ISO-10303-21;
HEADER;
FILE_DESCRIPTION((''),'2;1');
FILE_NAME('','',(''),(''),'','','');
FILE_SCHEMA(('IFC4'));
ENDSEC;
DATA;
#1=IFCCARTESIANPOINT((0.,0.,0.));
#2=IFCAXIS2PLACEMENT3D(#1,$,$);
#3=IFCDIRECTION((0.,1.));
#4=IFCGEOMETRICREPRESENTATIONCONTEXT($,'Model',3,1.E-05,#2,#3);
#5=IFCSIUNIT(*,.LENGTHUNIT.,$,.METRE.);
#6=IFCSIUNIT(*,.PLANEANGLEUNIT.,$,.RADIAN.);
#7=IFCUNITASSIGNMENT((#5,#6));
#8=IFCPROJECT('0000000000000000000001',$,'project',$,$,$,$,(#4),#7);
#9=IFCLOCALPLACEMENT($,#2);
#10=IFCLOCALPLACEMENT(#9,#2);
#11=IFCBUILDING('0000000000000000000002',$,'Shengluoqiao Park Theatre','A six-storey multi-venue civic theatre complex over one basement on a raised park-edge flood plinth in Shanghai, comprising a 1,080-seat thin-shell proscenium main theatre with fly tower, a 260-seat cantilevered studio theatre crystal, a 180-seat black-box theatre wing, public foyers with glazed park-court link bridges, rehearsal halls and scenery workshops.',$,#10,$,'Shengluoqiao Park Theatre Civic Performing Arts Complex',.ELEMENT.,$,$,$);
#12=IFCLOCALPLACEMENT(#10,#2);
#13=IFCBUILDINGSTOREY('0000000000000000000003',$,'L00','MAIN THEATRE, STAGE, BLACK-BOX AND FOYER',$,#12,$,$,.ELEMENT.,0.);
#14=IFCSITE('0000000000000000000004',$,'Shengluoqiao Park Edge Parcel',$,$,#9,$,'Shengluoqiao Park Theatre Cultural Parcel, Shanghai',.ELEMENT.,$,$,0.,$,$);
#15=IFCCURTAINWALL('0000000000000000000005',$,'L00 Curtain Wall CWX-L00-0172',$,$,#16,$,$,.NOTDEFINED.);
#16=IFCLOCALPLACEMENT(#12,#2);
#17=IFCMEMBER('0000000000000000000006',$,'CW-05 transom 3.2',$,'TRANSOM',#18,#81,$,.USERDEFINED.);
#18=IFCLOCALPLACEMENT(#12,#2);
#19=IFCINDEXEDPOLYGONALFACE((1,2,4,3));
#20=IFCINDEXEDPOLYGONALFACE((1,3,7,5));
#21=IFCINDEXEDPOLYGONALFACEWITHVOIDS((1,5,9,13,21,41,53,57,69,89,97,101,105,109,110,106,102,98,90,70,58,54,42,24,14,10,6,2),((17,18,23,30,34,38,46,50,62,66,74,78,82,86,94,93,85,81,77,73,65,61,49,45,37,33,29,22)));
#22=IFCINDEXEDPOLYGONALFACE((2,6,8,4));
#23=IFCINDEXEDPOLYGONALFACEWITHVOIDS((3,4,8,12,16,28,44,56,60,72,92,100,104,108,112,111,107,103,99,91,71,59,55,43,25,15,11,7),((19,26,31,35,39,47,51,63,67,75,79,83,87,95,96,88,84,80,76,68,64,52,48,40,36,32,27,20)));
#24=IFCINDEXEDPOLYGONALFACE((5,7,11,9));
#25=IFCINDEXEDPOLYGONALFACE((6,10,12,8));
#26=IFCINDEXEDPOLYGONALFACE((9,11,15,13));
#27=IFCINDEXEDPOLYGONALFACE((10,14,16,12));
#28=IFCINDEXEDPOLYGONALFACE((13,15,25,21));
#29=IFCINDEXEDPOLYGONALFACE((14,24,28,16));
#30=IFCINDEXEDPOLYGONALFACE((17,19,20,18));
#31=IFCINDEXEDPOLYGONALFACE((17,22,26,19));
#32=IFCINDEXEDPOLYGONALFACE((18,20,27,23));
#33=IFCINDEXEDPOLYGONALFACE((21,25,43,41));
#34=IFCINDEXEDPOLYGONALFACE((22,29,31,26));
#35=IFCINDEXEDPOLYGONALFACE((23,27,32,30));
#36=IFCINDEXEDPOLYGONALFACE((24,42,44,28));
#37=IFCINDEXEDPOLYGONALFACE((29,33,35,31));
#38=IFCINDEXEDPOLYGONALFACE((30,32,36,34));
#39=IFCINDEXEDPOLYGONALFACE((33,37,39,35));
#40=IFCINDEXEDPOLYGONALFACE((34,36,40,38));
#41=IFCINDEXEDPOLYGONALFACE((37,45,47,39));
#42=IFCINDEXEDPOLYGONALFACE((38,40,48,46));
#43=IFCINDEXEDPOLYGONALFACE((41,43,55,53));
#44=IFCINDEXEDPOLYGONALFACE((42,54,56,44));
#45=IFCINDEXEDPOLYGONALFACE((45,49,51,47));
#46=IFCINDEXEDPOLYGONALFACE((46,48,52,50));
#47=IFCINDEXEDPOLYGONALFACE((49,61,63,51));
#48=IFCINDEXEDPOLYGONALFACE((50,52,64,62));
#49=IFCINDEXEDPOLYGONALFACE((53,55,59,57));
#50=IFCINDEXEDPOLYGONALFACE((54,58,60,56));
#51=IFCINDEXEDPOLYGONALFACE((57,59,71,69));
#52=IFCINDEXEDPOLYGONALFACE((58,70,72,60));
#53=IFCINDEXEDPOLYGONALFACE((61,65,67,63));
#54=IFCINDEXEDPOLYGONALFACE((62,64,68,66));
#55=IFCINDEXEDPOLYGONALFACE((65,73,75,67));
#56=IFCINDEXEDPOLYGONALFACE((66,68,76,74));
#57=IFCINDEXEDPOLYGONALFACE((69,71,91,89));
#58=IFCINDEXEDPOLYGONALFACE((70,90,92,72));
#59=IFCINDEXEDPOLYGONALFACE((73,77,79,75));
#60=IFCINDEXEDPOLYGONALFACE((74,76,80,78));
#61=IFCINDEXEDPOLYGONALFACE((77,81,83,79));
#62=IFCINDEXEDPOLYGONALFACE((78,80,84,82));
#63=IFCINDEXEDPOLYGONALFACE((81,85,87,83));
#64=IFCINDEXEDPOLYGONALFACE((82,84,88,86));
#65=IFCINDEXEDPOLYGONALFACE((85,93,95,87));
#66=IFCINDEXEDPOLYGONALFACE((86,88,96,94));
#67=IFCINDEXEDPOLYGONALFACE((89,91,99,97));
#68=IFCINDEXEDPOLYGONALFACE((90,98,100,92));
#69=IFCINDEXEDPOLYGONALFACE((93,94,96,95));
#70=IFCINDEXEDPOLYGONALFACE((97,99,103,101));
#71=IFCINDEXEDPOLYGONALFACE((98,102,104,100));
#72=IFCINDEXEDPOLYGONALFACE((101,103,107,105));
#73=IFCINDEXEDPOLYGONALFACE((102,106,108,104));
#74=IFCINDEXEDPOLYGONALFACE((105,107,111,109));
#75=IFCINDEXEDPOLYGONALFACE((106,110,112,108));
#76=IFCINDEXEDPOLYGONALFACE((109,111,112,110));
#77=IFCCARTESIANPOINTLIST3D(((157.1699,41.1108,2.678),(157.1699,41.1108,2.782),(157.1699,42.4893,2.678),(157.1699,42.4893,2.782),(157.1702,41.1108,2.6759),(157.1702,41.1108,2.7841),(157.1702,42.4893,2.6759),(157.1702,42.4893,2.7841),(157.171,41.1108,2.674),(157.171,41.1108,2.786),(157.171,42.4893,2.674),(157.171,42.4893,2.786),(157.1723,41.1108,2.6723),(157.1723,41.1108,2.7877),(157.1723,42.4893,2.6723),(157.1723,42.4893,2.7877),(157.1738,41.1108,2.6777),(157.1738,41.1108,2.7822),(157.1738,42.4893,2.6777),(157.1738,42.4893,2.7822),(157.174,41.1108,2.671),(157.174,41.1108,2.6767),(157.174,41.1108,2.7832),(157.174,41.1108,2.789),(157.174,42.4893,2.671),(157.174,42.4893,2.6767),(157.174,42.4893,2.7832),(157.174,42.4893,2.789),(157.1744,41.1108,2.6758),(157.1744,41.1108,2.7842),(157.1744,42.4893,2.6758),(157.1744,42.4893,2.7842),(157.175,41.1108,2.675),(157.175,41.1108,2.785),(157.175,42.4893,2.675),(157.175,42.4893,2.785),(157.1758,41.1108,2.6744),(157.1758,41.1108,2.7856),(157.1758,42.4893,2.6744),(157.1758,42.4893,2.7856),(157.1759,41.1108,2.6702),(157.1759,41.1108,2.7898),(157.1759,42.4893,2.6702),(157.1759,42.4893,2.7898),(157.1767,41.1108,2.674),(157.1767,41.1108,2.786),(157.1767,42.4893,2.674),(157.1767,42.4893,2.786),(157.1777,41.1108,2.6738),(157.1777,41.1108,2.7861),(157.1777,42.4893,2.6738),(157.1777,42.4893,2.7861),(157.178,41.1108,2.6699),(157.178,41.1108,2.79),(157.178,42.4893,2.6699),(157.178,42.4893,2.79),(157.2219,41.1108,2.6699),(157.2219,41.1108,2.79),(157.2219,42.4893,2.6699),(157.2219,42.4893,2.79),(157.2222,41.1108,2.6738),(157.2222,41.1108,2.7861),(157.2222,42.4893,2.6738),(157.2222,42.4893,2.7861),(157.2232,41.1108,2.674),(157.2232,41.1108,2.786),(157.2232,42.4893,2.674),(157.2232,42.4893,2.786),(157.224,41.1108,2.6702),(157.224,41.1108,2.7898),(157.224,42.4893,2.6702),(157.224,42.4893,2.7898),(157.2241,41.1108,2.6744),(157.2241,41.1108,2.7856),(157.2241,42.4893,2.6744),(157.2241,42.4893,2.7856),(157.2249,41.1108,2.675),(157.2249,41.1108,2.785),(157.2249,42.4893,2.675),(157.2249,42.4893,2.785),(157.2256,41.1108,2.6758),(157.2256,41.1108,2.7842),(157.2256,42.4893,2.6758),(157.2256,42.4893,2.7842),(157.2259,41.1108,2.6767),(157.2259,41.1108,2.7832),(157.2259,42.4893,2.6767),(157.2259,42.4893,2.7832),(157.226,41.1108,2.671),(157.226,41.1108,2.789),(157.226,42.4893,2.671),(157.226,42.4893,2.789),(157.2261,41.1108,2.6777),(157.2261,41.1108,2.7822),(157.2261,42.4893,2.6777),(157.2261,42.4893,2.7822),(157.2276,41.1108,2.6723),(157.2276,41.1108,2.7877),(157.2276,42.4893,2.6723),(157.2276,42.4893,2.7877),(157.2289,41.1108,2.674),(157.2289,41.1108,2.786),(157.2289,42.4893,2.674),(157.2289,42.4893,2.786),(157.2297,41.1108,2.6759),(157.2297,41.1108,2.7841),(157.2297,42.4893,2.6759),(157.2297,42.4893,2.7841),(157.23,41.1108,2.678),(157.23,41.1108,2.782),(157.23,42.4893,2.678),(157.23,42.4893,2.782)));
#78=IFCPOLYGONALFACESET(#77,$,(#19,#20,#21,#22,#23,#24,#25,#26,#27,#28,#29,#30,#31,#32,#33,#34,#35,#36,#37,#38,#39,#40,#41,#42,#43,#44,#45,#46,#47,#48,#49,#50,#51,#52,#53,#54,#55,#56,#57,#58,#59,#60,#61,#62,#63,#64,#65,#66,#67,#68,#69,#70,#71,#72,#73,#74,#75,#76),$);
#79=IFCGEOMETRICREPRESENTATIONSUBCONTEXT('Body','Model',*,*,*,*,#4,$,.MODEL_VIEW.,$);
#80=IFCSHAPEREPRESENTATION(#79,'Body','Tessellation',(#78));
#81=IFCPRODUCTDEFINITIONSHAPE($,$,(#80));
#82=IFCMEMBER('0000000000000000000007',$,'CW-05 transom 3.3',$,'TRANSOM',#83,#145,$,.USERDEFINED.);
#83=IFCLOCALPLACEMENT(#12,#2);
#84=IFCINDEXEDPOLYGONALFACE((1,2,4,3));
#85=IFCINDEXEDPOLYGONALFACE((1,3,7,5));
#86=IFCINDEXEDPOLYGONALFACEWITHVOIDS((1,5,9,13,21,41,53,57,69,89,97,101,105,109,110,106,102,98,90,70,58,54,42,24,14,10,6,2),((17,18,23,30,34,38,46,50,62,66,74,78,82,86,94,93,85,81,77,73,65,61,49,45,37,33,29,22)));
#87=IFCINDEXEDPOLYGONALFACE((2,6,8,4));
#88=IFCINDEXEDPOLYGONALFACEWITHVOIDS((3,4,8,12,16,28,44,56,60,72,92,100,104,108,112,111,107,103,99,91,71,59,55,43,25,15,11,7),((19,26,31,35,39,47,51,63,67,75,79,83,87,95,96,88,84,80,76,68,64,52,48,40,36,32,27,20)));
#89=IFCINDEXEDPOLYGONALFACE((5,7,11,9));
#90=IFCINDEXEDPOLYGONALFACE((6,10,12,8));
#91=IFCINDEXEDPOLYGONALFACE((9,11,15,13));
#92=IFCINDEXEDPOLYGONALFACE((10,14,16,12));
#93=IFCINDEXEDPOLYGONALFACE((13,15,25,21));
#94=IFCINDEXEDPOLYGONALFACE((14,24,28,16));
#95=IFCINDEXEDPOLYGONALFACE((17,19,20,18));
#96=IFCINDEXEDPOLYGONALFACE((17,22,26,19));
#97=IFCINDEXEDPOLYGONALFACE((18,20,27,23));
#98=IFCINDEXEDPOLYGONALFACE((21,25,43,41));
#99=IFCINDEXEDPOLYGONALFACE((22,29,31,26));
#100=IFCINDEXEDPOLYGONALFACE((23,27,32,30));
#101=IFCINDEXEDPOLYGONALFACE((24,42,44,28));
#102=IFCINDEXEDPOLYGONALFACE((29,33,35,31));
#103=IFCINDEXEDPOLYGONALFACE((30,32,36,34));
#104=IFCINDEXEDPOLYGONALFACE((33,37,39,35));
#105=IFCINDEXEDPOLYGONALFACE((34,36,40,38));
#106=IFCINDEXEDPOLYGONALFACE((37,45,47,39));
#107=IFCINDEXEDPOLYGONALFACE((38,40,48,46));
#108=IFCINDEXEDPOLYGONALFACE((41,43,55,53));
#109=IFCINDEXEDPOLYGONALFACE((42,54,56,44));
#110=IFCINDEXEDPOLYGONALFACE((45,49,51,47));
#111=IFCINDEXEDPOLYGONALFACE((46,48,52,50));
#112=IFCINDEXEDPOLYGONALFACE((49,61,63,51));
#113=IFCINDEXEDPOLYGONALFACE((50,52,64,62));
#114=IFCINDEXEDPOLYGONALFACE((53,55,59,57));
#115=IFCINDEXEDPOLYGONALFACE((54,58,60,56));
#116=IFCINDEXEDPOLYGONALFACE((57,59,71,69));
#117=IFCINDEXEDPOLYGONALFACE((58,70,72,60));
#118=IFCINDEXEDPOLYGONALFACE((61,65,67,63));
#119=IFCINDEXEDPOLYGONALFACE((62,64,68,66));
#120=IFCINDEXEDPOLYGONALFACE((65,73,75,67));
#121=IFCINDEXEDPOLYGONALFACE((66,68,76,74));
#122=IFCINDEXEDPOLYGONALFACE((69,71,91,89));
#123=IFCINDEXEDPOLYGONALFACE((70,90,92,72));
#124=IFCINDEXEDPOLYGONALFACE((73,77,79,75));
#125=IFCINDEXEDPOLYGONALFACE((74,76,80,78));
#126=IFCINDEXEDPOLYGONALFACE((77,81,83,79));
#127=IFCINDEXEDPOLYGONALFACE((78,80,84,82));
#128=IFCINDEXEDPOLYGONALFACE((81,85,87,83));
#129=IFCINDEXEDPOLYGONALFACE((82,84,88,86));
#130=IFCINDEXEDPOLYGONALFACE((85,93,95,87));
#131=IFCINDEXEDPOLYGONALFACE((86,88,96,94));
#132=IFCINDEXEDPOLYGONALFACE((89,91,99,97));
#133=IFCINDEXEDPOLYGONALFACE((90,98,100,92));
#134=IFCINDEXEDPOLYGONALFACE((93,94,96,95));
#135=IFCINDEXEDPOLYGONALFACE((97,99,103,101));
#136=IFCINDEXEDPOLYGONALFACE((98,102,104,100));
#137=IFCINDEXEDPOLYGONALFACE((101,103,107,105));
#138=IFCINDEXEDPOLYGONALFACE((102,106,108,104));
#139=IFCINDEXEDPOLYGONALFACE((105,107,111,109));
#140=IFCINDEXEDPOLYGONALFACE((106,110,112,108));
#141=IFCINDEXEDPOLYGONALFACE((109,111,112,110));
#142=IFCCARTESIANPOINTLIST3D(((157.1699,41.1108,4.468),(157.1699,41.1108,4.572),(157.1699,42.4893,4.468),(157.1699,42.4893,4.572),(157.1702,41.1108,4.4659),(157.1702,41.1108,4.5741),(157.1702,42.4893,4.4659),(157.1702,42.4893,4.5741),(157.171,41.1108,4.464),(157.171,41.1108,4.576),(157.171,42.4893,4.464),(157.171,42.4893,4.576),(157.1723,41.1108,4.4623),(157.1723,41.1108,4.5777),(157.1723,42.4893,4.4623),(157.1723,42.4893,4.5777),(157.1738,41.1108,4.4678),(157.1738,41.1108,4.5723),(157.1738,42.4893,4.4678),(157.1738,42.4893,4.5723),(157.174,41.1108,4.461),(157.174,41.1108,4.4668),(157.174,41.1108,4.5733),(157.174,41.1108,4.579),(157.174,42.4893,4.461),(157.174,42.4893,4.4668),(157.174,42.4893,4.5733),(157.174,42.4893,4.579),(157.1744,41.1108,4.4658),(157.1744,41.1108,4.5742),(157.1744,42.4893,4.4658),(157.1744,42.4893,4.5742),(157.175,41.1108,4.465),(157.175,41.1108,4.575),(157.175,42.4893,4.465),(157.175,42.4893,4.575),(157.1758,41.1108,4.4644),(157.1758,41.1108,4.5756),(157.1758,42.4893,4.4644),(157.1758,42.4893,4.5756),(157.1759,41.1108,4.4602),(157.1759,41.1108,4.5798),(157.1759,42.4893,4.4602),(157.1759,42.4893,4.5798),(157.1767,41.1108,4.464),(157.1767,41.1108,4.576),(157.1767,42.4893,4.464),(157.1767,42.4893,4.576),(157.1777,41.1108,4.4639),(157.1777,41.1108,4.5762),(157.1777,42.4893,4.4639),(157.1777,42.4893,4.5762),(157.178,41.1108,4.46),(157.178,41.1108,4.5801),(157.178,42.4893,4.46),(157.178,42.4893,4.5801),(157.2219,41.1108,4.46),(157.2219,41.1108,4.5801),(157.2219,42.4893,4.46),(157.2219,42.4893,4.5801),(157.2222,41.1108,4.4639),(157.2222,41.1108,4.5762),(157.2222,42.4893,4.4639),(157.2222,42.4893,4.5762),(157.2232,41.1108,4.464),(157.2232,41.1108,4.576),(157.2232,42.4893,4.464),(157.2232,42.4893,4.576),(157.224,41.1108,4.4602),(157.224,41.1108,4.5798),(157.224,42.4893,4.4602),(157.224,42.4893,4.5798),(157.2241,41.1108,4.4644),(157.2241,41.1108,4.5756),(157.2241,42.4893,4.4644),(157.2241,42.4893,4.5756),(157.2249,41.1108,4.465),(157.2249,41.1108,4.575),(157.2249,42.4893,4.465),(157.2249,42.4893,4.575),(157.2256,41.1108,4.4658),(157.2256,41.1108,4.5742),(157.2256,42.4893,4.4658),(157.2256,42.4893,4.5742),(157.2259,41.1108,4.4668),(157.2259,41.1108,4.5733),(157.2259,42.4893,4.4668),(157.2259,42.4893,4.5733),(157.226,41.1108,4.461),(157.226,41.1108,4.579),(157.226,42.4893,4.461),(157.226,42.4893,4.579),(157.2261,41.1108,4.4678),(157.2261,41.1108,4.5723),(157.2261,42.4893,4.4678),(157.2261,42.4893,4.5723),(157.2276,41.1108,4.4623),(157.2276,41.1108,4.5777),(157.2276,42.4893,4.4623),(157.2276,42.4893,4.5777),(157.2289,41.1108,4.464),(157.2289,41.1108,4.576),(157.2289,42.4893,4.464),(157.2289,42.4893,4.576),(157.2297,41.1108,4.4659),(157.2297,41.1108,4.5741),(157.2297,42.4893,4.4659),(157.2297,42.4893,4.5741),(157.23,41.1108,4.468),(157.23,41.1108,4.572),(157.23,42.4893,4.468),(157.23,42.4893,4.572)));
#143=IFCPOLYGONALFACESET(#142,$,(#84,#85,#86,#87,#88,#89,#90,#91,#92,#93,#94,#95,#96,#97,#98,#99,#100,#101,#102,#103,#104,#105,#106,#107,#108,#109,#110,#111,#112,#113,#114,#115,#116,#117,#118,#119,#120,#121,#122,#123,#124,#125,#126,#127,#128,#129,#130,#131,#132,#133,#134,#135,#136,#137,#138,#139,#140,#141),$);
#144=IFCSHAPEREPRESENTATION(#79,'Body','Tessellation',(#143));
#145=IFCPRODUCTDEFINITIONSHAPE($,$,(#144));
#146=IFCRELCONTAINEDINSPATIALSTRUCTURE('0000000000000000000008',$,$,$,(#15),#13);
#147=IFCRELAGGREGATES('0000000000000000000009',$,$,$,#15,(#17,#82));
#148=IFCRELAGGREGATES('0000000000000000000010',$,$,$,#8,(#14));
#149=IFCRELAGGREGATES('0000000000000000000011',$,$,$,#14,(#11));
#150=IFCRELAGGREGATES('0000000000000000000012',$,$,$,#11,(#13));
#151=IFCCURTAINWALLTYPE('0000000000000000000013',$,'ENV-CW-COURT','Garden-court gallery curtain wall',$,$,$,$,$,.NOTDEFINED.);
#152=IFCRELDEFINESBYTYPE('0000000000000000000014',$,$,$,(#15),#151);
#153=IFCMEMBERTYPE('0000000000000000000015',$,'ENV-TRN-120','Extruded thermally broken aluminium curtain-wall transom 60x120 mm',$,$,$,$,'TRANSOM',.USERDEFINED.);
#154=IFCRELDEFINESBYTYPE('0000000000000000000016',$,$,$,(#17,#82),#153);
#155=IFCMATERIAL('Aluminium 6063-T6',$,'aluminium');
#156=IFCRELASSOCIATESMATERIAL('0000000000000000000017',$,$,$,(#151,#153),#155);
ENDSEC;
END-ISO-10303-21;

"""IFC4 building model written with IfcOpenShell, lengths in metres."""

from ifc_helpers import new_model, si_unit, direction, frame, origin, origin_2d, place, context, subcontext, project, spatial, hollow_rectangle, extrude, material, material_profile, profile_set, type_object, element, aggregate, save


model = new_model("IFC4")

# Units and contexts
model_context = context("Model", 3, precision=1e-05, world=origin(), true_north=direction((0.0, 1.0)))
body_context = subcontext(model_context, "Body", "Model", "MODEL_VIEW")
ifc_project = project(units=[si_unit("LENGTHUNIT", "METRE"), si_unit("PLANEANGLEUNIT", "RADIAN")], contexts=[model_context])

# Site, building, storey
site_placement = place(None, origin())
site = spatial("IfcSite", under=ifc_project, at=site_placement, Name="Shengluoqiao Park Edge Parcel", LongName="Shengluoqiao Park Theatre Cultural Parcel, Shanghai", CompositionType="ELEMENT", RefElevation=0.0)
building_placement = place(site_placement, origin())
building = spatial("IfcBuilding", under=site, at=building_placement, Name="Shengluoqiao Park Theatre", Description="A six-storey multi-venue civic theatre complex over one basement on a raised park-edge flood plinth in Shanghai, comprising a 1,080-seat thin-shell proscenium main theatre with fly tower, a 260-seat cantilevered studio theatre crystal, a 180-seat black-box theatre wing, public foyers with glazed park-court link bridges, rehearsal halls and scenery workshops.", LongName="Shengluoqiao Park Theatre Civic Performing Arts Complex", CompositionType="ELEMENT")
storey_placement = place(building_placement, origin())
storey = spatial("IfcBuildingStorey", under=building, at=storey_placement, Name="L00", Description="MAIN THEATRE, STAGE, BLACK-BOX AND FOYER", CompositionType="ELEMENT", Elevation=0.0)

# Curtain wall
ifc_material_1 = material(Name="Aluminium 6063-T6", Category="aluminium")
curtain_wall_type = type_object("IfcCurtainWallType", Name="ENV-CW-COURT", Description="Garden-court gallery curtain wall", PredefinedType="NOTDEFINED", material=ifc_material_1)
curtain_wall_1_placement = place(storey_placement, origin())
curtain_wall_1 = element("IfcCurtainWall", 1, at=curtain_wall_1_placement, inside=storey, type_object=curtain_wall_type, Name="L00 Curtain Wall CWX-L00-0172", PredefinedType="NOTDEFINED")

# Members
ifc_material_profile_1 = material_profile(ifc_material_1, hollow_rectangle(XDim=0.0601, YDim=0.1201, WallThickness=0.0039, InnerFilletRadius=0.0039, OuterFilletRadius=0.0081, at=origin_2d()), Name="ALU TRANSOM 120x60x4")
ifc_profile_set_1 = profile_set([ifc_material_profile_1], Name="Aluminium 6063-T6")
member_type_1 = type_object("IfcMemberType", Name="ENV-TRN-120", Description="Extruded thermally broken aluminium curtain-wall transom 60x120 mm", ElementType="TRANSOM", PredefinedType="USERDEFINED", material=ifc_profile_set_1)
member_1_placement = place(storey_placement, frame((157.2, 41.1108, 2.73), z_axis=(0.0, 1.0, 0.0), x_axis=(-1.0, 0.0, 0.0)))
member_1 = element("IfcMember", 2, at=member_1_placement, type_object=member_type_1, Name="CW-05 transom 3.2", ObjectType="TRANSOM", PredefinedType="USERDEFINED", context=body_context, shape_type="SweptSolid", body=[
    extrude(hollow_rectangle(XDim=0.0601, YDim=0.1201, WallThickness=0.0039, InnerFilletRadius=0.0039, OuterFilletRadius=0.0081, at=origin_2d()), origin(), (0.0, 0.0, 1.0), 1.3784),
])
member_2_placement = place(storey_placement, frame((157.2, 41.1108, 4.52), z_axis=(0.0, 1.0, 0.0), x_axis=(-1.0, 0.0, 0.0)))
member_2 = element("IfcMember", 3, at=member_2_placement, type_object=member_type_1, Name="CW-05 transom 3.3", ObjectType="TRANSOM", PredefinedType="USERDEFINED", context=body_context, shape_type="SweptSolid", body=[
    extrude(hollow_rectangle(XDim=0.0601, YDim=0.1201, WallThickness=0.0039, InnerFilletRadius=0.0039, OuterFilletRadius=0.0081, at=origin_2d()), origin(), (0.0, 0.0, 1.0), 1.3784),
])

aggregate(curtain_wall_1, [member_1, member_2])

save(model, "model.ifc")
